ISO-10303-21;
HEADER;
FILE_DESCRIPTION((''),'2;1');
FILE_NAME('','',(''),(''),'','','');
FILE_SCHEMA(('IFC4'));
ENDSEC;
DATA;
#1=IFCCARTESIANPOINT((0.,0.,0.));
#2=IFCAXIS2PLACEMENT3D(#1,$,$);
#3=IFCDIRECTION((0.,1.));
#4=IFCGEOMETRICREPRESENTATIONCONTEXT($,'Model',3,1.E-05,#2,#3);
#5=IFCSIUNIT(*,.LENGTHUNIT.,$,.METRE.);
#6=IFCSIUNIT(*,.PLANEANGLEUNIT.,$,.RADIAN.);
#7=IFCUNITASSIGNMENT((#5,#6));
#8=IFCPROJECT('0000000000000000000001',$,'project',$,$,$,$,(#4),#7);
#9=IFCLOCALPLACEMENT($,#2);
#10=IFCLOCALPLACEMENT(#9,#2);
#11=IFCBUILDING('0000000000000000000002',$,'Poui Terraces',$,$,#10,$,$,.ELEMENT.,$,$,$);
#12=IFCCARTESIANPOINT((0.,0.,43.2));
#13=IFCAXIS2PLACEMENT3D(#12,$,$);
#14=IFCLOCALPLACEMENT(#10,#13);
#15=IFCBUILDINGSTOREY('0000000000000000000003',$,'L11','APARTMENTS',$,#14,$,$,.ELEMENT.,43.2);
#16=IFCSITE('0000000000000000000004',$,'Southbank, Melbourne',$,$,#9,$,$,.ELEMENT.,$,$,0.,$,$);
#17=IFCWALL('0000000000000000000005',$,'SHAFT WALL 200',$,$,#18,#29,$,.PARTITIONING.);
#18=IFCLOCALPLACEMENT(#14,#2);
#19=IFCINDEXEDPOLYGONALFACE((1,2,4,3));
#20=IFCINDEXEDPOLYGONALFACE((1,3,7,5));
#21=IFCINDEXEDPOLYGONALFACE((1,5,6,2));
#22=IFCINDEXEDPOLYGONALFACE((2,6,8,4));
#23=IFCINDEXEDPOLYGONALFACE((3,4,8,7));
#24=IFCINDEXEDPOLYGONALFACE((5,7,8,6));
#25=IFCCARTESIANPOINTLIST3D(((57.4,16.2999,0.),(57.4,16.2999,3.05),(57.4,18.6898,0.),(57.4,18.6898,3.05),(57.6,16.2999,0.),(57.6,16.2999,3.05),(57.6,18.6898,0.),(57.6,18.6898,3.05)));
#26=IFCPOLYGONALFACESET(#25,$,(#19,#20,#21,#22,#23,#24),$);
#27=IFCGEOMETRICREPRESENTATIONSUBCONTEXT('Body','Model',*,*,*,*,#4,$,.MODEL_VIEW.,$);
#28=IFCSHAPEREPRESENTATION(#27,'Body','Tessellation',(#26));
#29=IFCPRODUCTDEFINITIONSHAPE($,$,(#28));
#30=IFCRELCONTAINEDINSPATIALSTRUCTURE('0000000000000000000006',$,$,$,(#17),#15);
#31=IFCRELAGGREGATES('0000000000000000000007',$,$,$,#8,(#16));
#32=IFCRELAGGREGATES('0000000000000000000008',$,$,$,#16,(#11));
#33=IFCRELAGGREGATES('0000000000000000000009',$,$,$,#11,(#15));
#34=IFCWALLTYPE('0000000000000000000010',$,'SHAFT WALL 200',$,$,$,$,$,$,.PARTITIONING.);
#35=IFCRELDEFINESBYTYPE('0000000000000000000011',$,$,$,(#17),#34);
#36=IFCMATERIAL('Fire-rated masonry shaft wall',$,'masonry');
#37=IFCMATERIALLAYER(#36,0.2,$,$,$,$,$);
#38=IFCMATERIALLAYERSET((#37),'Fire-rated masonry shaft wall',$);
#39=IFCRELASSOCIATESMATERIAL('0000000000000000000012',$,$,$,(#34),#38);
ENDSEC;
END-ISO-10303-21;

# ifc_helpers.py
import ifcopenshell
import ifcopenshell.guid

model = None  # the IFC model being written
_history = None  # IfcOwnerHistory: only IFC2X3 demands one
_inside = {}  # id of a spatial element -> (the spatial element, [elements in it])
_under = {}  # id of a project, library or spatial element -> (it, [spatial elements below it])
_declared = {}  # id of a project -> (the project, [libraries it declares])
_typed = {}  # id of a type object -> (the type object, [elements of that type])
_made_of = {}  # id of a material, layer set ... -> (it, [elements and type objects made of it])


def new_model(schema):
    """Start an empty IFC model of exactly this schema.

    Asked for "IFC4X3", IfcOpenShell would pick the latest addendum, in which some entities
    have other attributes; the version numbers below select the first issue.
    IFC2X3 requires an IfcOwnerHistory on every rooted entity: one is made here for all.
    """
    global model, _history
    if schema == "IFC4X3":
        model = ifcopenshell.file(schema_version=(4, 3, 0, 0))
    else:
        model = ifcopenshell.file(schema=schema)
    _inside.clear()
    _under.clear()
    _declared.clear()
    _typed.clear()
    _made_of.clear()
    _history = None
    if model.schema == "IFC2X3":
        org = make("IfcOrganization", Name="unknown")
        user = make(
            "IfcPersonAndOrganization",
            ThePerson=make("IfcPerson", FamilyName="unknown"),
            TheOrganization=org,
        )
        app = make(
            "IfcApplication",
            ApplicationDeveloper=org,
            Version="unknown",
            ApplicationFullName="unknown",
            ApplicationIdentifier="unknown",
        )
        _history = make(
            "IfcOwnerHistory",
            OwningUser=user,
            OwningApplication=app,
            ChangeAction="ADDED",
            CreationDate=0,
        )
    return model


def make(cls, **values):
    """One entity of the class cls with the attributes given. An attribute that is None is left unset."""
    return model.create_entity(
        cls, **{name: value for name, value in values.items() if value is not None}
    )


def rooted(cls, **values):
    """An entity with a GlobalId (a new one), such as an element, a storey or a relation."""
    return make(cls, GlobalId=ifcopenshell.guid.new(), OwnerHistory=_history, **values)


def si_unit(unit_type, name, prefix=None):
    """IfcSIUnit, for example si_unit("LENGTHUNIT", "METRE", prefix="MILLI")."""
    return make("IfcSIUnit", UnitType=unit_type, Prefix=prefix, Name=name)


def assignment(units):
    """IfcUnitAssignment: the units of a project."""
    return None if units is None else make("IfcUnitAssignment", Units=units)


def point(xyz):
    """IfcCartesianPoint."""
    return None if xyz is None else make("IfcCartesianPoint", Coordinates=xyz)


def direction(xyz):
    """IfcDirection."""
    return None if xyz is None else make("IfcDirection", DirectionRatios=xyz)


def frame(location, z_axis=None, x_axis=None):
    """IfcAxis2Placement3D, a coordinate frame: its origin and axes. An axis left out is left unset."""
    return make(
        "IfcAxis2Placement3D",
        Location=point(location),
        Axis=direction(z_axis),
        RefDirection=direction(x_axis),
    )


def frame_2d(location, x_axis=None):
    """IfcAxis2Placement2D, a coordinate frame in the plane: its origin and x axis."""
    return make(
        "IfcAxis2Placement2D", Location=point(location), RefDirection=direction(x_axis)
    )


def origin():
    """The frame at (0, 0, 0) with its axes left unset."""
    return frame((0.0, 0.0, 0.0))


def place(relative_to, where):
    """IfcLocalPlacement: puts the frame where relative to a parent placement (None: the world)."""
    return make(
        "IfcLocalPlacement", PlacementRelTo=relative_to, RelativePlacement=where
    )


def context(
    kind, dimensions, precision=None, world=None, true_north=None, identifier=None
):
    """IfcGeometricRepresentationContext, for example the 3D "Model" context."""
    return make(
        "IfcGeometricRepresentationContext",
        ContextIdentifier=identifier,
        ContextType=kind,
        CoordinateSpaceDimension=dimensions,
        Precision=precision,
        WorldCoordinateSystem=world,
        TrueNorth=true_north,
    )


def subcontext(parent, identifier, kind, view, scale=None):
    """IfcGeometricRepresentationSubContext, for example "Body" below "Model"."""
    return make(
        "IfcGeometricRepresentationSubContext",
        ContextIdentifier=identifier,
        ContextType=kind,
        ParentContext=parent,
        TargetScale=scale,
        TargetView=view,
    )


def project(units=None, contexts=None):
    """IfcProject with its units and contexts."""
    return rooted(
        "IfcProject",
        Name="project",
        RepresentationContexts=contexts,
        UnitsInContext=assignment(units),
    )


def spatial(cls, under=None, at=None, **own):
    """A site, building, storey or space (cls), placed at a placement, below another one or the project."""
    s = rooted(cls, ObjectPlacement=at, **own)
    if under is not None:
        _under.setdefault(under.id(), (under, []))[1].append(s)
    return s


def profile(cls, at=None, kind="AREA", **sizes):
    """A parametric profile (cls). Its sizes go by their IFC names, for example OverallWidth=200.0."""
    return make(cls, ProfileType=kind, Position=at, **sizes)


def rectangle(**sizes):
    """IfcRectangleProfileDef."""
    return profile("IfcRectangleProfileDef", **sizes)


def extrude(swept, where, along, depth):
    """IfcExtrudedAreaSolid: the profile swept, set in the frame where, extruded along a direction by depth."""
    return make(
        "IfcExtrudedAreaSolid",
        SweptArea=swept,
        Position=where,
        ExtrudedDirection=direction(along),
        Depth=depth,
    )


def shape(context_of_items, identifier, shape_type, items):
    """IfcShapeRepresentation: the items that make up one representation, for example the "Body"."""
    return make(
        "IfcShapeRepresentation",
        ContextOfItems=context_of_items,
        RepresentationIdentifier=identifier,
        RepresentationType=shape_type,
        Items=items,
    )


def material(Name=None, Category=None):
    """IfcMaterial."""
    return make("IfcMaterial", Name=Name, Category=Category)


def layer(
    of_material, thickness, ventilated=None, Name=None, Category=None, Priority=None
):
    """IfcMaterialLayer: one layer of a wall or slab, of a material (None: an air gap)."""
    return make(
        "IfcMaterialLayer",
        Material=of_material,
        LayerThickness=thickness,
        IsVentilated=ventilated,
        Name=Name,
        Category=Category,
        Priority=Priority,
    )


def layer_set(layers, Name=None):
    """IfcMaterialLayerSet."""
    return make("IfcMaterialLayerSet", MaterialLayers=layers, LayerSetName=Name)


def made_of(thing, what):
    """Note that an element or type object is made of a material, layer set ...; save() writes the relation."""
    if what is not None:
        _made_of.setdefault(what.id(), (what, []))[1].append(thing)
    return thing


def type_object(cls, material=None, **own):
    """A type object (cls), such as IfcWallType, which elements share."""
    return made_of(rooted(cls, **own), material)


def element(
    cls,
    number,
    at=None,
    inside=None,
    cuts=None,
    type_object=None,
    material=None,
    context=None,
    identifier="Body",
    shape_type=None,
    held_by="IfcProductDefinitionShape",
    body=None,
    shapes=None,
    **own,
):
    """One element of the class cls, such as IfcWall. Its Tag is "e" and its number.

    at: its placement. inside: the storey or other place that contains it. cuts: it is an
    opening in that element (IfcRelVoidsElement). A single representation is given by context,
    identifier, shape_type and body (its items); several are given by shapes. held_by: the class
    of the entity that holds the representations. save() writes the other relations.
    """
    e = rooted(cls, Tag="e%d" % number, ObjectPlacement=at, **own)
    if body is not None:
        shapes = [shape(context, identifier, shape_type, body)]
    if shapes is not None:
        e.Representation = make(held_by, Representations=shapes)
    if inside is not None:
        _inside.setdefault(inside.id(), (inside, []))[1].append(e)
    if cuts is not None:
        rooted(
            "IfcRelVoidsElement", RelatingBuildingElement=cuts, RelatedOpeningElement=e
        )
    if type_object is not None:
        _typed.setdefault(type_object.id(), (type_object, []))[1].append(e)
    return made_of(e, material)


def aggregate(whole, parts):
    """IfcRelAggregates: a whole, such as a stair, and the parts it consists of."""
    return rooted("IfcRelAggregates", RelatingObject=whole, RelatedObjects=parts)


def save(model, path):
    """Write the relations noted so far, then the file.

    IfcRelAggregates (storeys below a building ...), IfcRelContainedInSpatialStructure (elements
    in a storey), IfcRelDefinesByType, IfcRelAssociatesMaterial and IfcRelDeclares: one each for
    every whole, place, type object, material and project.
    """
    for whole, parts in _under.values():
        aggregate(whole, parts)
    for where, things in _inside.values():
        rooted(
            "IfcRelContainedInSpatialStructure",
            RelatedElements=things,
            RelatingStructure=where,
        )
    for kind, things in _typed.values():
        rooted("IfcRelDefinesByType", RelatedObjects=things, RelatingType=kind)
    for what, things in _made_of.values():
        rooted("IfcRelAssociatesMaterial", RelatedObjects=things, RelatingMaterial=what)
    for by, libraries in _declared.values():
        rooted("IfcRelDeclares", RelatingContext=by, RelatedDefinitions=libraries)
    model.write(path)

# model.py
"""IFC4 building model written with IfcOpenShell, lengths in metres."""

from ifc_helpers import new_model, si_unit, direction, frame, frame_2d, origin, place, context, subcontext, project, spatial, rectangle, extrude, material, layer, layer_set, type_object, element, save


model = new_model("IFC4")

# Units and contexts
model_context = context("Model", 3, precision=1e-05, world=origin(), true_north=direction((0.0, 1.0)))
body_context = subcontext(model_context, "Body", "Model", "MODEL_VIEW")
ifc_project = project(units=[si_unit("LENGTHUNIT", "METRE"), si_unit("PLANEANGLEUNIT", "RADIAN")], contexts=[model_context])

# Site, building, storey
site_placement = place(None, origin())
site = spatial("IfcSite", under=ifc_project, at=site_placement, Name="Southbank, Melbourne", CompositionType="ELEMENT", RefElevation=0.0)
building_placement = place(site_placement, origin())
building = spatial("IfcBuilding", under=site, at=building_placement, Name="Poui Terraces", CompositionType="ELEMENT")
storey_placement = place(building_placement, frame((0.0, 0.0, 43.2)))
storey = spatial("IfcBuildingStorey", under=building, at=storey_placement, Name="L11", Description="APARTMENTS", CompositionType="ELEMENT", Elevation=43.2)

# Wall
ifc_material_1 = material(Name="Fire-rated masonry shaft wall", Category="masonry")
ifc_layer_1 = layer(ifc_material_1, 0.2)
ifc_layer_set_1 = layer_set([ifc_layer_1], Name="Fire-rated masonry shaft wall")
wall_type_1 = type_object("IfcWallType", Name="SHAFT WALL 200", PredefinedType="PARTITIONING", material=ifc_layer_set_1)
for number, where, z_axis, x_axis, name in (
    (1, (57.5, 16.3, 0.0), (0.0, 0.0, 1.0), (0.0, 1.0, 0.0), "SHAFT WALL 200"),
):
    element("IfcWall", number, at=place(storey_placement, frame(where, z_axis=z_axis, x_axis=x_axis)), inside=storey, type_object=wall_type_1, Name=name, PredefinedType="PARTITIONING", context=body_context, shape_type="SweptSolid", body=[
        extrude(rectangle(XDim=2.3899, YDim=0.2, at=frame_2d((1.1948, 0.0))), origin(), (0.0, 0.0, 1.0), 3.05),
    ])

save(model, "model.ifc")
